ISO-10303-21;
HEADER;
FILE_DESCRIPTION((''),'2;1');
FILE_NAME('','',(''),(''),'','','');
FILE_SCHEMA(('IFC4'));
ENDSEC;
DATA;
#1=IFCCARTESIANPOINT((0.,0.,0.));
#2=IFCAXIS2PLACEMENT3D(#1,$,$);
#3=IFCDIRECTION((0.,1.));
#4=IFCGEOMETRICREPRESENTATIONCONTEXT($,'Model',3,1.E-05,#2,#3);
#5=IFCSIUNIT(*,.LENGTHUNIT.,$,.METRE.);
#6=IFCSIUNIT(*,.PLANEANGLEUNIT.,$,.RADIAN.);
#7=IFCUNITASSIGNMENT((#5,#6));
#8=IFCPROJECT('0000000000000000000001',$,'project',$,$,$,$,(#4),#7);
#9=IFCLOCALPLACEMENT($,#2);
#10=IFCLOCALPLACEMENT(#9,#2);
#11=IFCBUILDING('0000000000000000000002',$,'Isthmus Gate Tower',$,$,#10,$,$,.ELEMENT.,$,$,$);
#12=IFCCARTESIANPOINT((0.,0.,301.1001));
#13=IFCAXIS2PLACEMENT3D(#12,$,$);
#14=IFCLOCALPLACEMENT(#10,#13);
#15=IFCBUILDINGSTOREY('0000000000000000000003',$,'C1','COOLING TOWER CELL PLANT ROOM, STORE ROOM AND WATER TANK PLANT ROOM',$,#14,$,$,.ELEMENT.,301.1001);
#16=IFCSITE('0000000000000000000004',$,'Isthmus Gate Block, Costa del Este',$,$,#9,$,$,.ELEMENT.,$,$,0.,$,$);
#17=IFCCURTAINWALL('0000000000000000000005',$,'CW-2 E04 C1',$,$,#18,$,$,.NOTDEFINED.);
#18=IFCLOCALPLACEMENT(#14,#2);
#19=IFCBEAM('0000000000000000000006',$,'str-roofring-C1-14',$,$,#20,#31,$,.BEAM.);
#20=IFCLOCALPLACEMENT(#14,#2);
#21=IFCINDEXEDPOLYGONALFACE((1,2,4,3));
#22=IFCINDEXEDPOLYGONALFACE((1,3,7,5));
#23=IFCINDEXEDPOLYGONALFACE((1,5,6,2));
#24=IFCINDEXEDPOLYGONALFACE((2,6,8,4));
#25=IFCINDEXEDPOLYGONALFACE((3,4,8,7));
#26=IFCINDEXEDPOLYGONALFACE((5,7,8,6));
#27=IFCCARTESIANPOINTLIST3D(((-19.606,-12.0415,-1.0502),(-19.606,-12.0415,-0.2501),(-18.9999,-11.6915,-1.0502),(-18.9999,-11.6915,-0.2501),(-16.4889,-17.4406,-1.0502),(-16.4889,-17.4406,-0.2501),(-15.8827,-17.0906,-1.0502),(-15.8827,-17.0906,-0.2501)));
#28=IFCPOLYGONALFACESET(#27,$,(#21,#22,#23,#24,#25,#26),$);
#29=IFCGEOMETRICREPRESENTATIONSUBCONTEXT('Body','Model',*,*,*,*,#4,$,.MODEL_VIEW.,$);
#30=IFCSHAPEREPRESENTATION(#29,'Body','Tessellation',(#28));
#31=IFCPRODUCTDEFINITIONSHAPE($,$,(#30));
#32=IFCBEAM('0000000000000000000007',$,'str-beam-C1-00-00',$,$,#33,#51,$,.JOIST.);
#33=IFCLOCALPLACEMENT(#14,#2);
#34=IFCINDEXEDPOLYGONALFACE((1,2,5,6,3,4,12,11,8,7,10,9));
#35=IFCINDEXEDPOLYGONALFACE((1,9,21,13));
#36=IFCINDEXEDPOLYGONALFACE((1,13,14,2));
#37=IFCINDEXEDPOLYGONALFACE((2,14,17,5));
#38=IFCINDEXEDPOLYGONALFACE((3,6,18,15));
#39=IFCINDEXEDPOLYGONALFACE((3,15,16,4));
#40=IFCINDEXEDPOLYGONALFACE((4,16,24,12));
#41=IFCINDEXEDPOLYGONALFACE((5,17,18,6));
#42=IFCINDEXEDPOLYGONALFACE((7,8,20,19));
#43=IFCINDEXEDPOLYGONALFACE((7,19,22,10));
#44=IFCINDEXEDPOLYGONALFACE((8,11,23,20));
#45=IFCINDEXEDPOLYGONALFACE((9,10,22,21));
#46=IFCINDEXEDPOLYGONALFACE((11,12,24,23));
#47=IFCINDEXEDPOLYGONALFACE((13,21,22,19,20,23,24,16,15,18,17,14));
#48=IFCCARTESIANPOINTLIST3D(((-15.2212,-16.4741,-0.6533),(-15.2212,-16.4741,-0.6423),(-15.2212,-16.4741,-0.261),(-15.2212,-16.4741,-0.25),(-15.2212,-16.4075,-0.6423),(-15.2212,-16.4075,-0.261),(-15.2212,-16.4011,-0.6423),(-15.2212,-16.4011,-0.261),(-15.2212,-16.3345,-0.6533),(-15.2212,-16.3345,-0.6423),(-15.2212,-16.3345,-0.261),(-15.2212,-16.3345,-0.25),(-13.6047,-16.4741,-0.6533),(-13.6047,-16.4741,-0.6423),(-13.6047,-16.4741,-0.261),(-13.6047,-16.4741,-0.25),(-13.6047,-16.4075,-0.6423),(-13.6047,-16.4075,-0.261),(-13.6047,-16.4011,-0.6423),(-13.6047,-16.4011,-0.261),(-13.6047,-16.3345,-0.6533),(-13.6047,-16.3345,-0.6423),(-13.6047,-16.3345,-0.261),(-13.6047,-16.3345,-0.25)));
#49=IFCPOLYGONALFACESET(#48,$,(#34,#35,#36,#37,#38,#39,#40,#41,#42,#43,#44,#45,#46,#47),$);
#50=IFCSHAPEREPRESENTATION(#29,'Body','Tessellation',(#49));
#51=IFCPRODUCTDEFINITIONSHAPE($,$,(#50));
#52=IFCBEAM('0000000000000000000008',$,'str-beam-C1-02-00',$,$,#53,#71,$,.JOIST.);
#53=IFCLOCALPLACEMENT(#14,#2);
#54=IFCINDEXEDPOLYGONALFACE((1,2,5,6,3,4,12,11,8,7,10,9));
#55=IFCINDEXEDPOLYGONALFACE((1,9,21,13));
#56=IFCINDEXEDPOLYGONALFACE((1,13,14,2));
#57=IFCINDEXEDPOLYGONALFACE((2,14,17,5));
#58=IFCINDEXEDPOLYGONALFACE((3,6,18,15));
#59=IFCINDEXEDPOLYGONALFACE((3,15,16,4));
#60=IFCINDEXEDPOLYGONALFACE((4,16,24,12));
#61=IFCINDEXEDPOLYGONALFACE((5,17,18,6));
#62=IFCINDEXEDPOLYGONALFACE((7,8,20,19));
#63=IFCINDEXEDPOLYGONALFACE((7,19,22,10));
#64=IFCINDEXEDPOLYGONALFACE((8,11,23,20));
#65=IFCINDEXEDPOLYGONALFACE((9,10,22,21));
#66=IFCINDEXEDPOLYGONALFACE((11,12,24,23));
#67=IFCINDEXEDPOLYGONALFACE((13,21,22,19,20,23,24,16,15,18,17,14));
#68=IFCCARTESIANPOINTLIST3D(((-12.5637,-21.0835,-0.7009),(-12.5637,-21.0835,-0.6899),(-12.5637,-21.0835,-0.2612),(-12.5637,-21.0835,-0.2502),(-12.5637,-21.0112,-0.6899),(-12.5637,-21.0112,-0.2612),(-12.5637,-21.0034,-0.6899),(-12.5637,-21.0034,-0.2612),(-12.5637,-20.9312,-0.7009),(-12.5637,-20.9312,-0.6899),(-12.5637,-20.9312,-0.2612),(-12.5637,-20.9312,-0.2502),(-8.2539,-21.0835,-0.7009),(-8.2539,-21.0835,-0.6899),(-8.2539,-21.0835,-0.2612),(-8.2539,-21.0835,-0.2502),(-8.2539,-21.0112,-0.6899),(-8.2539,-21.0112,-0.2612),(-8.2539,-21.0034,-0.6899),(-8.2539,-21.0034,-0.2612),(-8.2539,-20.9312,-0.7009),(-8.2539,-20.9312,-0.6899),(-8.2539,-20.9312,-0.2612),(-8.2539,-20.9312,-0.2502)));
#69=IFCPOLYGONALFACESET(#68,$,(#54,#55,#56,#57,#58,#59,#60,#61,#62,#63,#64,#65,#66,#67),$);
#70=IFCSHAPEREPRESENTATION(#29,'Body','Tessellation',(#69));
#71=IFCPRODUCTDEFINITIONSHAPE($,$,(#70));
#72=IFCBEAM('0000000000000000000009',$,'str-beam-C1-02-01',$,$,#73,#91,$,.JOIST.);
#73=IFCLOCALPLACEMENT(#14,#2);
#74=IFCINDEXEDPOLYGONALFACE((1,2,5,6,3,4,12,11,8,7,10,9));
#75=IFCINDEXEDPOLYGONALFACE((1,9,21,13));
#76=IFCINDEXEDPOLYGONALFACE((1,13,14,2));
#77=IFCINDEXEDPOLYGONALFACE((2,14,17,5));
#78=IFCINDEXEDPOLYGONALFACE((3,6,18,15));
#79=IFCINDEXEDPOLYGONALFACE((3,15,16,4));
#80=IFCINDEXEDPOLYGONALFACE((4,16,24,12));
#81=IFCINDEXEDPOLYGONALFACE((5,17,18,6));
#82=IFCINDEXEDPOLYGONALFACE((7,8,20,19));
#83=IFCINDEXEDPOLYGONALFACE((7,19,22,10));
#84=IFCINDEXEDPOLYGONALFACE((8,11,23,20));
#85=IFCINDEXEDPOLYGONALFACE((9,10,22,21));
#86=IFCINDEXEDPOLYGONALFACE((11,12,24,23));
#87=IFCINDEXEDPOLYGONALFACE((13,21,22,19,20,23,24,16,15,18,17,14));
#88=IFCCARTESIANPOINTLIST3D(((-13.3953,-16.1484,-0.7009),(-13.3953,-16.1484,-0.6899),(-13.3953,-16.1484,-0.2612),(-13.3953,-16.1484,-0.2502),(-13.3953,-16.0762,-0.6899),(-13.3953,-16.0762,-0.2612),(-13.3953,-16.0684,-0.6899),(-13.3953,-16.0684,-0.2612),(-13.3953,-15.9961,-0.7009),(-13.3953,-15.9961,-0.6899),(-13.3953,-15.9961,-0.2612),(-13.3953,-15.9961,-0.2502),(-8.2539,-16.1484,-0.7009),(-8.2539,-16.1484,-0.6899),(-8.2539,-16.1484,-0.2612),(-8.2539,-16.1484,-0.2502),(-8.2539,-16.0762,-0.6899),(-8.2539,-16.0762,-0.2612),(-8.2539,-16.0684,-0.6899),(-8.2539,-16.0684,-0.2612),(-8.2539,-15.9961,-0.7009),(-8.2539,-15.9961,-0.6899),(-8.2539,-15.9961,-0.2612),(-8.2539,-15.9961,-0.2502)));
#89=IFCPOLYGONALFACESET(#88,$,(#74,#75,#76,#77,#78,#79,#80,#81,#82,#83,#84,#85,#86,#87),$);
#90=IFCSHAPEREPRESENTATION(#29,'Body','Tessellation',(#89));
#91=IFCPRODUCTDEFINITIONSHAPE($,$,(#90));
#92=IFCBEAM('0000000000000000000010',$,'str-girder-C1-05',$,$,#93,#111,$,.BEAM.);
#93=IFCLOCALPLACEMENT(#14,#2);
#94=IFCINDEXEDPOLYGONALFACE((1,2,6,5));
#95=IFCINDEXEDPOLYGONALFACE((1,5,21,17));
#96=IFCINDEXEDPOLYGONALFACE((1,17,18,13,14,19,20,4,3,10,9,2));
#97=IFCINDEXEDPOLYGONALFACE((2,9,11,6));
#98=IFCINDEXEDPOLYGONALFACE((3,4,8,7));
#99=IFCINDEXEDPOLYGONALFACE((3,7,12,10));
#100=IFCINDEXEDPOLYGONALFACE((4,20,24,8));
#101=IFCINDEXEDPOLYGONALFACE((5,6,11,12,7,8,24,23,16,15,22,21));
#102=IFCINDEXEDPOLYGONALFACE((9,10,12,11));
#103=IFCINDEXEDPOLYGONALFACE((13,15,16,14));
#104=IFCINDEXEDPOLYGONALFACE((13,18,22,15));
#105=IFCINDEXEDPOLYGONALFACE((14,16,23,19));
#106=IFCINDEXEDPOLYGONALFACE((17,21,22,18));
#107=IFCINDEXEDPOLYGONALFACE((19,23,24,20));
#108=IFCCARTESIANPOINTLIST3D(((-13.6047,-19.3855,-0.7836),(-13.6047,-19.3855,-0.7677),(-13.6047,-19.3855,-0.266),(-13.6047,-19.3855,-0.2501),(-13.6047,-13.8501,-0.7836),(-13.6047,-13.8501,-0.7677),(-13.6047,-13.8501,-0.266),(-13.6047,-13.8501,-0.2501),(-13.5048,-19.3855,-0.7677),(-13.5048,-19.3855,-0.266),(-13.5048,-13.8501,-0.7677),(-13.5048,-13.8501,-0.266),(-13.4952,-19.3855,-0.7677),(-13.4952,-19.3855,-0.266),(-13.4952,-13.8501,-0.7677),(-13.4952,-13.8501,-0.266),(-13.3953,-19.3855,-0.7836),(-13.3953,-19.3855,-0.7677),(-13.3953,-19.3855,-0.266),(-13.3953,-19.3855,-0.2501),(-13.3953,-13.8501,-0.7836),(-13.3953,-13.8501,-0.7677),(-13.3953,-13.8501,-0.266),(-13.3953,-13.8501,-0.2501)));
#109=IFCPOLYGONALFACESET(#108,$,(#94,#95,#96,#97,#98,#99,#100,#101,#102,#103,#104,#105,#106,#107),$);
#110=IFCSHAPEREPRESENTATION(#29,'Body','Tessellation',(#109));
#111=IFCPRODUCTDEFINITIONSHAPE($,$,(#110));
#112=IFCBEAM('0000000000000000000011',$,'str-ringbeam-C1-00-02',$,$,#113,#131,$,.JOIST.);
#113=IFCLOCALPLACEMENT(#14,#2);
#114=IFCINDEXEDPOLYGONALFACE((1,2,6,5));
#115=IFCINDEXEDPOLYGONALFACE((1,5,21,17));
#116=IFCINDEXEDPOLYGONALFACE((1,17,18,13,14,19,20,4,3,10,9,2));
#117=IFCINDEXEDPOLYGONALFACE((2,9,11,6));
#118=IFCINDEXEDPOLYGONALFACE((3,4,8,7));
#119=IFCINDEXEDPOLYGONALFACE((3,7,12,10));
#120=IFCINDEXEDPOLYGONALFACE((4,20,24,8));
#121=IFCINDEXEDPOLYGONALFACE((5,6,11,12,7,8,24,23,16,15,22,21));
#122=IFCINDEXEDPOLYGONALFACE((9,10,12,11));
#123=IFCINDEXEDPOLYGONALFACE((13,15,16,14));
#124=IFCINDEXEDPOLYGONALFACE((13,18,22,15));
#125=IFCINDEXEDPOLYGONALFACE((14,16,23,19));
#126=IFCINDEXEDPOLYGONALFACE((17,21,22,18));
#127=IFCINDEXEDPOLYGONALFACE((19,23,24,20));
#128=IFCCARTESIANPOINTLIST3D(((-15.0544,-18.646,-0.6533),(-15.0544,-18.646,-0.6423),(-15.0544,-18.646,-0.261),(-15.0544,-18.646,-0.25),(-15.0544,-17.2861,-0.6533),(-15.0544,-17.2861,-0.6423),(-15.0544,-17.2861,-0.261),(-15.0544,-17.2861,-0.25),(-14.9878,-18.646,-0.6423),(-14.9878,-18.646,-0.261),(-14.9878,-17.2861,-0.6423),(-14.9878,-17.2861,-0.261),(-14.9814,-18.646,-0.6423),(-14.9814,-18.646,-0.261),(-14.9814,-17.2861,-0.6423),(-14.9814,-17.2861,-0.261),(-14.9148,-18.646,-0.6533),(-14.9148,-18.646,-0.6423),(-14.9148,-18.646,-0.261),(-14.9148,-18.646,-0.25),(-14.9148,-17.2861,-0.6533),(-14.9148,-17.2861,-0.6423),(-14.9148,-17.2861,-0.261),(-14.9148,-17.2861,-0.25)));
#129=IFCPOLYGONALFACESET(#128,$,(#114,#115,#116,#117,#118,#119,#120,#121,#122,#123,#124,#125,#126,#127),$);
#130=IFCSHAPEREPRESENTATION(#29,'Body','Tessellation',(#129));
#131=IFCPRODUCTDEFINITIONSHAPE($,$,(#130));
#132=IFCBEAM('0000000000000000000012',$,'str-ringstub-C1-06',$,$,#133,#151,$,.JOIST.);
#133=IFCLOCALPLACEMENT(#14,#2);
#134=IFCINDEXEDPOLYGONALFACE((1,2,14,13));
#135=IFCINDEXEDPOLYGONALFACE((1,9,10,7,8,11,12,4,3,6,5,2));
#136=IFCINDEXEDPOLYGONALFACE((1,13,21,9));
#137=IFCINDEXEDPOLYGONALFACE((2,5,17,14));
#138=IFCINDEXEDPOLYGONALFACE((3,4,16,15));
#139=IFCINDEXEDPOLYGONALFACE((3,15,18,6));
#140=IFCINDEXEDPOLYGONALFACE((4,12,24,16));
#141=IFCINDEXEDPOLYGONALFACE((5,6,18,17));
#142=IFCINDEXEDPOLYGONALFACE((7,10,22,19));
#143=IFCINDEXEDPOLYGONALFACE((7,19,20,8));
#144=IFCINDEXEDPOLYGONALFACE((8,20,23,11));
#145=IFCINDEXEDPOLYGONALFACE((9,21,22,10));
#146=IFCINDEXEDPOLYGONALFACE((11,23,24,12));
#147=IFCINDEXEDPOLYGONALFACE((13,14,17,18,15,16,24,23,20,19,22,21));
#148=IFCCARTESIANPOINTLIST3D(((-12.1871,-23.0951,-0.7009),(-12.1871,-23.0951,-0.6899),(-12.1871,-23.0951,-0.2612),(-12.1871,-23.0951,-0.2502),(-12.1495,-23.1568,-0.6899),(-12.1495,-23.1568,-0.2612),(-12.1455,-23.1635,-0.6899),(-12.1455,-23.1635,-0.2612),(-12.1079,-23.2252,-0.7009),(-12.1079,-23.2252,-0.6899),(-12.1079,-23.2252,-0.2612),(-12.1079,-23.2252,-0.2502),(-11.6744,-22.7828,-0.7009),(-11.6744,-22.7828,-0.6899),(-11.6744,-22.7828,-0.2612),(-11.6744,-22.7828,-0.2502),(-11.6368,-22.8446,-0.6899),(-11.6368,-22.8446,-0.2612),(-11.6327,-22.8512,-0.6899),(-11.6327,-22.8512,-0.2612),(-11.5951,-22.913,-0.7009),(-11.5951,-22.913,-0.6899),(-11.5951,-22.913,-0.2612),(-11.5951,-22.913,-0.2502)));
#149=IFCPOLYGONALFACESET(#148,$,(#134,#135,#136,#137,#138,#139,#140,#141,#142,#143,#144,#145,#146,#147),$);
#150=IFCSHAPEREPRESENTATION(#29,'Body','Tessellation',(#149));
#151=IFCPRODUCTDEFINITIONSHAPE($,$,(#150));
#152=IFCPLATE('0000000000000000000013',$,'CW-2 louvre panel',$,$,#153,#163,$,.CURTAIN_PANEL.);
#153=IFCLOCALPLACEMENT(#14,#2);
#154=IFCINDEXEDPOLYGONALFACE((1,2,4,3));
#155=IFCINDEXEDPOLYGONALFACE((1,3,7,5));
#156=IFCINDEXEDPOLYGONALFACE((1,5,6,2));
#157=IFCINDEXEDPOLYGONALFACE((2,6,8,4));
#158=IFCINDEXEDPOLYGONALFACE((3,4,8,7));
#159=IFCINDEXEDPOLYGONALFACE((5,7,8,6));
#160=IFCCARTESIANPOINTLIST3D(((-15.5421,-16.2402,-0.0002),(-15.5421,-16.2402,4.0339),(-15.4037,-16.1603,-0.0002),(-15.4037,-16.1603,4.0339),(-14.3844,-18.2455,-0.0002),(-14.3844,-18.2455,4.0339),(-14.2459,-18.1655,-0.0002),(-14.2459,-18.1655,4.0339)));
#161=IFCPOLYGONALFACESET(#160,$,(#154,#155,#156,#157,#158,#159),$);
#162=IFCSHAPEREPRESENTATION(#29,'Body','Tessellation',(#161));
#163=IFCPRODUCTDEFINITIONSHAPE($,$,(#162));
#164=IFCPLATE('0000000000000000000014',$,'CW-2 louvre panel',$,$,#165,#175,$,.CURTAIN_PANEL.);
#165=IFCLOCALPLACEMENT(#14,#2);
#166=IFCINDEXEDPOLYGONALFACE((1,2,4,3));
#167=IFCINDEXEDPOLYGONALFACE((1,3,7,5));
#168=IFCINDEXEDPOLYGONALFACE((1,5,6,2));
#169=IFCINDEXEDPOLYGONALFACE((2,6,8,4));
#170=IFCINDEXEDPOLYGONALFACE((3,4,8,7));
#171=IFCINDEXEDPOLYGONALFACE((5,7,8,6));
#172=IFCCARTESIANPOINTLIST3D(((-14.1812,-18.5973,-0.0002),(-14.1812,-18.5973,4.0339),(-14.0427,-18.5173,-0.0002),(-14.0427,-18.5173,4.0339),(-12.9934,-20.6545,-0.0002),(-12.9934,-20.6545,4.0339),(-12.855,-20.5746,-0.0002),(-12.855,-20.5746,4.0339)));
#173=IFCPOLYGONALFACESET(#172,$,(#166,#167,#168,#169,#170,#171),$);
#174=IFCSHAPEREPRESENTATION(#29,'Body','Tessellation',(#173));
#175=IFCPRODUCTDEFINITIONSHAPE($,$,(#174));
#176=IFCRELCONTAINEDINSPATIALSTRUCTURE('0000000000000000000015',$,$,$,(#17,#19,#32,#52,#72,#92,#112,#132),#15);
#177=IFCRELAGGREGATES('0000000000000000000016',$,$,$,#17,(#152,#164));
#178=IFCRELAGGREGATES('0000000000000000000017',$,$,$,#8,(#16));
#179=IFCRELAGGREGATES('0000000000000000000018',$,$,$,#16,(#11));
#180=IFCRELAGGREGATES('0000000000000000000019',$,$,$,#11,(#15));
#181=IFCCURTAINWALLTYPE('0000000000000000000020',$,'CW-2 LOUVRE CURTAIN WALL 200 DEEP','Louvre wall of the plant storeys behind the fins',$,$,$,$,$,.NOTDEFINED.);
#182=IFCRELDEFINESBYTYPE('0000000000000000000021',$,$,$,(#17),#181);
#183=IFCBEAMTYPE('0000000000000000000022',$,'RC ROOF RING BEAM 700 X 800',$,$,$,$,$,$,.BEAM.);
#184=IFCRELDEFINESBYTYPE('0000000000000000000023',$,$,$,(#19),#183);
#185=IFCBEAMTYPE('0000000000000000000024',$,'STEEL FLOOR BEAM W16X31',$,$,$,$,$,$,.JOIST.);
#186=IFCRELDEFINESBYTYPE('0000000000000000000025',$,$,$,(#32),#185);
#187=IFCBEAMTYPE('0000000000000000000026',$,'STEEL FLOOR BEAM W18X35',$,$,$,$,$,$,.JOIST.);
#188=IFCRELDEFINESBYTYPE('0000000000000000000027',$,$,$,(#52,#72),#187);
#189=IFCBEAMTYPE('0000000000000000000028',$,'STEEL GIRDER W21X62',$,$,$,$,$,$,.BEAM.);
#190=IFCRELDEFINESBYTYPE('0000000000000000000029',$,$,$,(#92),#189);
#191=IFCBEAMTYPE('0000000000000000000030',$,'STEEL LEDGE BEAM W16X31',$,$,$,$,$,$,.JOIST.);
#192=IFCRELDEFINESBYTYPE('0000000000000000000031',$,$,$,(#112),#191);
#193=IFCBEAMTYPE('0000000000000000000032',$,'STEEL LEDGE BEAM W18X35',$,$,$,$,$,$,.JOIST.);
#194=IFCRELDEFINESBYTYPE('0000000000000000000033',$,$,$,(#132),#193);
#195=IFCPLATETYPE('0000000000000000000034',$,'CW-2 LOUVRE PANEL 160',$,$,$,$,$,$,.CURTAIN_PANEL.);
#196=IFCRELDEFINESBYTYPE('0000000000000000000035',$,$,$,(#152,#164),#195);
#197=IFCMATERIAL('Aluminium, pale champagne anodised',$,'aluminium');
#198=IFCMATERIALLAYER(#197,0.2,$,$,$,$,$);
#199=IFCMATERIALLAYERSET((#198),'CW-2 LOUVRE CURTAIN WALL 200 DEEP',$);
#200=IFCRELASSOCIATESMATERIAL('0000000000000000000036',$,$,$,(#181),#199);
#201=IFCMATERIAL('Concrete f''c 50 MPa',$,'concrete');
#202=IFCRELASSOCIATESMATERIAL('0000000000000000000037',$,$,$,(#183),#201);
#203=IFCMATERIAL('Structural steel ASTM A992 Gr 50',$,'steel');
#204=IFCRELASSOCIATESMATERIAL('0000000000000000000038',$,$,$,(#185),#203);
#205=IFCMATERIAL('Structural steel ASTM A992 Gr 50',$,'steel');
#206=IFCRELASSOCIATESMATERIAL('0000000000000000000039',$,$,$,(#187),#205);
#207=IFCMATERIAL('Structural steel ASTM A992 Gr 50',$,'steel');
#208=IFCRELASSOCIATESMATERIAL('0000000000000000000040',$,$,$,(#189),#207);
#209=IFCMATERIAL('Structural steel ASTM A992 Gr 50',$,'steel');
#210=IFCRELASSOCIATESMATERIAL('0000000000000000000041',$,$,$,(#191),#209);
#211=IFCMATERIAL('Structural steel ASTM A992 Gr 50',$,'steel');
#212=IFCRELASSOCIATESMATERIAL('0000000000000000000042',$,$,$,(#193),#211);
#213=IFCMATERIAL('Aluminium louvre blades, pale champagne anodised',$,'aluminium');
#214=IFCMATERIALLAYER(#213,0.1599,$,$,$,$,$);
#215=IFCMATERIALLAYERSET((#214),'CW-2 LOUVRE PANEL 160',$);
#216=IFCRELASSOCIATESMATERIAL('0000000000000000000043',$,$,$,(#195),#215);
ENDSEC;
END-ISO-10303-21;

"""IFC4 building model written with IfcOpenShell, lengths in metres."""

from ifc_helpers import new_model, si_unit, direction, frame, origin, origin_2d, place, context, subcontext, project, spatial, rectangle, i_section, extrude, material, layer, layer_set, material_profile, profile_set, type_object, element, aggregate, save


model = new_model("IFC4")

# Units and contexts
model_context = context("Model", 3, precision=1e-05, world=origin(), true_north=direction((0.0, 1.0)))
body_context = subcontext(model_context, "Body", "Model", "MODEL_VIEW")
ifc_project = project(units=[si_unit("LENGTHUNIT", "METRE"), si_unit("PLANEANGLEUNIT", "RADIAN")], contexts=[model_context])

# Site, building, storey
site_placement = place(None, origin())
site = spatial("IfcSite", under=ifc_project, at=site_placement, Name="Isthmus Gate Block, Costa del Este", CompositionType="ELEMENT", RefElevation=0.0)
building_placement = place(site_placement, origin())
building = spatial("IfcBuilding", under=site, at=building_placement, Name="Isthmus Gate Tower", CompositionType="ELEMENT")
storey_placement = place(building_placement, frame((0.0, 0.0, 301.1001)))
storey = spatial("IfcBuildingStorey", under=building, at=storey_placement, Name="C1", Description="COOLING TOWER CELL PLANT ROOM, STORE ROOM AND WATER TANK PLANT ROOM", CompositionType="ELEMENT", Elevation=301.1001)

# Curtain wall
ifc_material_1 = material(Name="Aluminium, pale champagne anodised", Category="aluminium")
ifc_layer_1 = layer(ifc_material_1, 0.2)
ifc_layer_set_1 = layer_set([ifc_layer_1], Name="CW-2 LOUVRE CURTAIN WALL 200 DEEP")
curtain_wall_type = type_object("IfcCurtainWallType", Name="CW-2 LOUVRE CURTAIN WALL 200 DEEP", Description="Louvre wall of the plant storeys behind the fins", PredefinedType="NOTDEFINED", material=ifc_layer_set_1)
curtain_wall_1_placement = place(storey_placement, origin())
curtain_wall_1 = element("IfcCurtainWall", 1, at=curtain_wall_1_placement, inside=storey, type_object=curtain_wall_type, Name="CW-2 E04 C1", PredefinedType="NOTDEFINED")

# Beams
ifc_material_2 = material(Name="Concrete f'c 50 MPa", Category="concrete")
ifc_material_profile_1 = material_profile(ifc_material_2, rectangle(XDim=0.7, YDim=0.8, at=origin_2d()), Name="RC 700X800")
ifc_profile_set_1 = profile_set([ifc_material_profile_1], Name="Concrete f'c 50 MPa")
beam_type_1 = type_object("IfcBeamType", Name="RC ROOF RING BEAM 700 X 800", PredefinedType="BEAM", material=ifc_profile_set_1)
beam_1_placement = place(storey_placement, frame((-16.1858, -17.2656, -0.6501), z_axis=(-0.499997, 0.866027, 0.0), x_axis=(-0.866027, -0.499997, 0.0)))
element("IfcBeam", 2, at=beam_1_placement, inside=storey, type_object=beam_type_1, Name="str-roofring-C1-14", PredefinedType="BEAM", context=body_context, shape_type="SweptSolid", body=[
    extrude(rectangle(XDim=0.7, YDim=0.8, at=origin_2d()), origin(), (0.0, 0.0, 1.0), 6.2344),
])
ifc_material_3 = material(Name="Structural steel ASTM A992 Gr 50", Category="steel")
ifc_material_profile_2 = material_profile(ifc_material_3, i_section(OverallWidth=0.1396, OverallDepth=0.4033, WebThickness=0.0063, FlangeThickness=0.011, at=origin_2d()), Name="W16X31")
ifc_profile_set_2 = profile_set([ifc_material_profile_2], Name="Structural steel ASTM A992 Gr 50")
beam_type_2 = type_object("IfcBeamType", Name="STEEL FLOOR BEAM W16X31", PredefinedType="JOIST", material=ifc_profile_set_2)
beam_2_placement = place(storey_placement, frame((-15.2212, -16.4043, -0.4517), z_axis=(1.0, 0.0, 0.0), x_axis=(0.0, 1.0, 0.0)))
element("IfcBeam", 3, at=beam_2_placement, inside=storey, type_object=beam_type_2, Name="str-beam-C1-00-00", PredefinedType="JOIST", context=body_context, shape_type="SweptSolid", body=[
    extrude(i_section(OverallWidth=0.1396, OverallDepth=0.4033, WebThickness=0.0063, FlangeThickness=0.011, at=origin_2d()), origin(), (0.0, 0.0, 1.0), 1.6165),
])
ifc_material_4 = material(Name="Structural steel ASTM A992 Gr 50", Category="steel")
ifc_material_profile_3 = material_profile(ifc_material_4, i_section(OverallWidth=0.1523, OverallDepth=0.4507, WebThickness=0.0078, FlangeThickness=0.011, at=origin_2d()), Name="W18X35")
ifc_profile_set_3 = profile_set([ifc_material_profile_3], Name="Structural steel ASTM A992 Gr 50")
beam_type_3 = type_object("IfcBeamType", Name="STEEL FLOOR BEAM W18X35", PredefinedType="JOIST", material=ifc_profile_set_3)
beam_3_placement = place(storey_placement, frame((-12.5637, -21.0073, -0.4756), z_axis=(1.0, 0.0, 0.0), x_axis=(0.0, 1.0, 0.0)))
element("IfcBeam", 4, at=beam_3_placement, inside=storey, type_object=beam_type_3, Name="str-beam-C1-02-00", PredefinedType="JOIST", context=body_context, shape_type="SweptSolid", body=[
    extrude(i_section(OverallWidth=0.1523, OverallDepth=0.4507, WebThickness=0.0078, FlangeThickness=0.011, at=origin_2d()), origin(), (0.0, 0.0, 1.0), 4.3098),
])
beam_4_placement = place(storey_placement, frame((-13.3953, -16.0723, -0.4756), z_axis=(1.0, 0.0, 0.0), x_axis=(0.0, 1.0, 0.0)))
element("IfcBeam", 5, at=beam_4_placement, inside=storey, type_object=beam_type_3, Name="str-beam-C1-02-01", PredefinedType="JOIST", context=body_context, shape_type="SweptSolid", body=[
    extrude(i_section(OverallWidth=0.1523, OverallDepth=0.4507, WebThickness=0.0078, FlangeThickness=0.011, at=origin_2d()), origin(), (0.0, 0.0, 1.0), 5.1414),
])
ifc_material_5 = material(Name="Structural steel ASTM A992 Gr 50", Category="steel")
ifc_material_profile_4 = material_profile(ifc_material_5, i_section(OverallWidth=0.2095, OverallDepth=0.5334, WebThickness=0.0095, FlangeThickness=0.0159, at=origin_2d()), Name="W21X62")
ifc_profile_set_4 = profile_set([ifc_material_profile_4], Name="Structural steel ASTM A992 Gr 50")
beam_type_4 = type_object("IfcBeamType", Name="STEEL GIRDER W21X62", PredefinedType="BEAM", material=ifc_profile_set_4)
beam_5_placement = place(storey_placement, frame((-13.5, -19.3855, -0.5168), z_axis=(0.0, 1.0, 0.0), x_axis=(-1.0, 0.0, 0.0)))
element("IfcBeam", 6, at=beam_5_placement, inside=storey, type_object=beam_type_4, Name="str-girder-C1-05", PredefinedType="BEAM", context=body_context, shape_type="SweptSolid", body=[
    extrude(i_section(OverallWidth=0.2095, OverallDepth=0.5334, WebThickness=0.0095, FlangeThickness=0.0159, at=origin_2d()), origin(), (0.0, 0.0, 1.0), 5.5354),
])
ifc_material_6 = material(Name="Structural steel ASTM A992 Gr 50", Category="steel")
ifc_material_profile_5 = material_profile(ifc_material_6, i_section(OverallWidth=0.1396, OverallDepth=0.4033, WebThickness=0.0063, FlangeThickness=0.011, at=origin_2d()), Name="W16X31")
ifc_profile_set_5 = profile_set([ifc_material_profile_5], Name="Structural steel ASTM A992 Gr 50")
beam_type_5 = type_object("IfcBeamType", Name="STEEL LEDGE BEAM W16X31", PredefinedType="JOIST", material=ifc_profile_set_5)
beam_6_placement = place(storey_placement, frame((-14.9846, -18.646, -0.4517), z_axis=(0.0, 1.0, 0.0), x_axis=(-1.0, 0.0, 0.0)))
element("IfcBeam", 7, at=beam_6_placement, inside=storey, type_object=beam_type_5, Name="str-ringbeam-C1-00-02", PredefinedType="JOIST", context=body_context, shape_type="SweptSolid", body=[
    extrude(i_section(OverallWidth=0.1396, OverallDepth=0.4033, WebThickness=0.0063, FlangeThickness=0.011, at=origin_2d()), origin(), (0.0, 0.0, 1.0), 1.3599),
])
ifc_material_7 = material(Name="Structural steel ASTM A992 Gr 50", Category="steel")
ifc_material_profile_6 = material_profile(ifc_material_7, i_section(OverallWidth=0.1523, OverallDepth=0.4507, WebThickness=0.0078, FlangeThickness=0.011, at=origin_2d()), Name="W18X35")
ifc_profile_set_6 = profile_set([ifc_material_profile_6], Name="Structural steel ASTM A992 Gr 50")
beam_type_6 = type_object("IfcBeamType", Name="STEEL LEDGE BEAM W18X35", PredefinedType="JOIST", material=ifc_profile_set_6)
beam_7_placement = place(storey_placement, frame((-11.6348, -22.8479, -0.4756), z_axis=(-0.854065, -0.520166, 0.0), x_axis=(0.520166, -0.854065, 0.0)))
element("IfcBeam", 8, at=beam_7_placement, inside=storey, type_object=beam_type_6, Name="str-ringstub-C1-06", PredefinedType="JOIST", context=body_context, shape_type="SweptSolid", body=[
    extrude(i_section(OverallWidth=0.1523, OverallDepth=0.4507, WebThickness=0.0078, FlangeThickness=0.011, at=origin_2d()), origin(), (0.0, 0.0, 1.0), 0.6003),
])

# Plates
ifc_material_8 = material(Name="Aluminium louvre blades, pale champagne anodised", Category="aluminium")
ifc_layer_2 = layer(ifc_material_8, 0.1599)
ifc_layer_set_2 = layer_set([ifc_layer_2], Name="CW-2 LOUVRE PANEL 160")
plate_type = type_object("IfcPlateType", Name="CW-2 LOUVRE PANEL 160", PredefinedType="CURTAIN_PANEL", material=ifc_layer_set_2)
plate_1_placement = place(storey_placement, frame((-14.894, -17.2029, -0.0002), z_axis=(0.0, 0.0, 1.0), x_axis=(0.5, -0.866025, 0.0)))
plate_1 = element("IfcPlate", 9, at=plate_1_placement, type_object=plate_type, Name="CW-2 louvre panel", PredefinedType="CURTAIN_PANEL", context=body_context, shape_type="SweptSolid", body=[
    extrude(rectangle(XDim=2.3154, YDim=0.1599, at=origin_2d()), origin(), (0.0, 0.0, 1.0), 4.0342),
])
plate_2_placement = place(storey_placement, frame((-13.5181, -19.5859, -0.0002), z_axis=(0.0, 0.0, 1.0), x_axis=(0.5, -0.866025, 0.0)))
plate_2 = element("IfcPlate", 10, at=plate_2_placement, type_object=plate_type, Name="CW-2 louvre panel", PredefinedType="CURTAIN_PANEL", context=body_context, shape_type="SweptSolid", body=[
    extrude(rectangle(XDim=2.3755, YDim=0.1599, at=origin_2d()), origin(), (0.0, 0.0, 1.0), 4.0342),
])
aggregate(curtain_wall_1, [plate_1, plate_2])

save(model, "model.ifc")
